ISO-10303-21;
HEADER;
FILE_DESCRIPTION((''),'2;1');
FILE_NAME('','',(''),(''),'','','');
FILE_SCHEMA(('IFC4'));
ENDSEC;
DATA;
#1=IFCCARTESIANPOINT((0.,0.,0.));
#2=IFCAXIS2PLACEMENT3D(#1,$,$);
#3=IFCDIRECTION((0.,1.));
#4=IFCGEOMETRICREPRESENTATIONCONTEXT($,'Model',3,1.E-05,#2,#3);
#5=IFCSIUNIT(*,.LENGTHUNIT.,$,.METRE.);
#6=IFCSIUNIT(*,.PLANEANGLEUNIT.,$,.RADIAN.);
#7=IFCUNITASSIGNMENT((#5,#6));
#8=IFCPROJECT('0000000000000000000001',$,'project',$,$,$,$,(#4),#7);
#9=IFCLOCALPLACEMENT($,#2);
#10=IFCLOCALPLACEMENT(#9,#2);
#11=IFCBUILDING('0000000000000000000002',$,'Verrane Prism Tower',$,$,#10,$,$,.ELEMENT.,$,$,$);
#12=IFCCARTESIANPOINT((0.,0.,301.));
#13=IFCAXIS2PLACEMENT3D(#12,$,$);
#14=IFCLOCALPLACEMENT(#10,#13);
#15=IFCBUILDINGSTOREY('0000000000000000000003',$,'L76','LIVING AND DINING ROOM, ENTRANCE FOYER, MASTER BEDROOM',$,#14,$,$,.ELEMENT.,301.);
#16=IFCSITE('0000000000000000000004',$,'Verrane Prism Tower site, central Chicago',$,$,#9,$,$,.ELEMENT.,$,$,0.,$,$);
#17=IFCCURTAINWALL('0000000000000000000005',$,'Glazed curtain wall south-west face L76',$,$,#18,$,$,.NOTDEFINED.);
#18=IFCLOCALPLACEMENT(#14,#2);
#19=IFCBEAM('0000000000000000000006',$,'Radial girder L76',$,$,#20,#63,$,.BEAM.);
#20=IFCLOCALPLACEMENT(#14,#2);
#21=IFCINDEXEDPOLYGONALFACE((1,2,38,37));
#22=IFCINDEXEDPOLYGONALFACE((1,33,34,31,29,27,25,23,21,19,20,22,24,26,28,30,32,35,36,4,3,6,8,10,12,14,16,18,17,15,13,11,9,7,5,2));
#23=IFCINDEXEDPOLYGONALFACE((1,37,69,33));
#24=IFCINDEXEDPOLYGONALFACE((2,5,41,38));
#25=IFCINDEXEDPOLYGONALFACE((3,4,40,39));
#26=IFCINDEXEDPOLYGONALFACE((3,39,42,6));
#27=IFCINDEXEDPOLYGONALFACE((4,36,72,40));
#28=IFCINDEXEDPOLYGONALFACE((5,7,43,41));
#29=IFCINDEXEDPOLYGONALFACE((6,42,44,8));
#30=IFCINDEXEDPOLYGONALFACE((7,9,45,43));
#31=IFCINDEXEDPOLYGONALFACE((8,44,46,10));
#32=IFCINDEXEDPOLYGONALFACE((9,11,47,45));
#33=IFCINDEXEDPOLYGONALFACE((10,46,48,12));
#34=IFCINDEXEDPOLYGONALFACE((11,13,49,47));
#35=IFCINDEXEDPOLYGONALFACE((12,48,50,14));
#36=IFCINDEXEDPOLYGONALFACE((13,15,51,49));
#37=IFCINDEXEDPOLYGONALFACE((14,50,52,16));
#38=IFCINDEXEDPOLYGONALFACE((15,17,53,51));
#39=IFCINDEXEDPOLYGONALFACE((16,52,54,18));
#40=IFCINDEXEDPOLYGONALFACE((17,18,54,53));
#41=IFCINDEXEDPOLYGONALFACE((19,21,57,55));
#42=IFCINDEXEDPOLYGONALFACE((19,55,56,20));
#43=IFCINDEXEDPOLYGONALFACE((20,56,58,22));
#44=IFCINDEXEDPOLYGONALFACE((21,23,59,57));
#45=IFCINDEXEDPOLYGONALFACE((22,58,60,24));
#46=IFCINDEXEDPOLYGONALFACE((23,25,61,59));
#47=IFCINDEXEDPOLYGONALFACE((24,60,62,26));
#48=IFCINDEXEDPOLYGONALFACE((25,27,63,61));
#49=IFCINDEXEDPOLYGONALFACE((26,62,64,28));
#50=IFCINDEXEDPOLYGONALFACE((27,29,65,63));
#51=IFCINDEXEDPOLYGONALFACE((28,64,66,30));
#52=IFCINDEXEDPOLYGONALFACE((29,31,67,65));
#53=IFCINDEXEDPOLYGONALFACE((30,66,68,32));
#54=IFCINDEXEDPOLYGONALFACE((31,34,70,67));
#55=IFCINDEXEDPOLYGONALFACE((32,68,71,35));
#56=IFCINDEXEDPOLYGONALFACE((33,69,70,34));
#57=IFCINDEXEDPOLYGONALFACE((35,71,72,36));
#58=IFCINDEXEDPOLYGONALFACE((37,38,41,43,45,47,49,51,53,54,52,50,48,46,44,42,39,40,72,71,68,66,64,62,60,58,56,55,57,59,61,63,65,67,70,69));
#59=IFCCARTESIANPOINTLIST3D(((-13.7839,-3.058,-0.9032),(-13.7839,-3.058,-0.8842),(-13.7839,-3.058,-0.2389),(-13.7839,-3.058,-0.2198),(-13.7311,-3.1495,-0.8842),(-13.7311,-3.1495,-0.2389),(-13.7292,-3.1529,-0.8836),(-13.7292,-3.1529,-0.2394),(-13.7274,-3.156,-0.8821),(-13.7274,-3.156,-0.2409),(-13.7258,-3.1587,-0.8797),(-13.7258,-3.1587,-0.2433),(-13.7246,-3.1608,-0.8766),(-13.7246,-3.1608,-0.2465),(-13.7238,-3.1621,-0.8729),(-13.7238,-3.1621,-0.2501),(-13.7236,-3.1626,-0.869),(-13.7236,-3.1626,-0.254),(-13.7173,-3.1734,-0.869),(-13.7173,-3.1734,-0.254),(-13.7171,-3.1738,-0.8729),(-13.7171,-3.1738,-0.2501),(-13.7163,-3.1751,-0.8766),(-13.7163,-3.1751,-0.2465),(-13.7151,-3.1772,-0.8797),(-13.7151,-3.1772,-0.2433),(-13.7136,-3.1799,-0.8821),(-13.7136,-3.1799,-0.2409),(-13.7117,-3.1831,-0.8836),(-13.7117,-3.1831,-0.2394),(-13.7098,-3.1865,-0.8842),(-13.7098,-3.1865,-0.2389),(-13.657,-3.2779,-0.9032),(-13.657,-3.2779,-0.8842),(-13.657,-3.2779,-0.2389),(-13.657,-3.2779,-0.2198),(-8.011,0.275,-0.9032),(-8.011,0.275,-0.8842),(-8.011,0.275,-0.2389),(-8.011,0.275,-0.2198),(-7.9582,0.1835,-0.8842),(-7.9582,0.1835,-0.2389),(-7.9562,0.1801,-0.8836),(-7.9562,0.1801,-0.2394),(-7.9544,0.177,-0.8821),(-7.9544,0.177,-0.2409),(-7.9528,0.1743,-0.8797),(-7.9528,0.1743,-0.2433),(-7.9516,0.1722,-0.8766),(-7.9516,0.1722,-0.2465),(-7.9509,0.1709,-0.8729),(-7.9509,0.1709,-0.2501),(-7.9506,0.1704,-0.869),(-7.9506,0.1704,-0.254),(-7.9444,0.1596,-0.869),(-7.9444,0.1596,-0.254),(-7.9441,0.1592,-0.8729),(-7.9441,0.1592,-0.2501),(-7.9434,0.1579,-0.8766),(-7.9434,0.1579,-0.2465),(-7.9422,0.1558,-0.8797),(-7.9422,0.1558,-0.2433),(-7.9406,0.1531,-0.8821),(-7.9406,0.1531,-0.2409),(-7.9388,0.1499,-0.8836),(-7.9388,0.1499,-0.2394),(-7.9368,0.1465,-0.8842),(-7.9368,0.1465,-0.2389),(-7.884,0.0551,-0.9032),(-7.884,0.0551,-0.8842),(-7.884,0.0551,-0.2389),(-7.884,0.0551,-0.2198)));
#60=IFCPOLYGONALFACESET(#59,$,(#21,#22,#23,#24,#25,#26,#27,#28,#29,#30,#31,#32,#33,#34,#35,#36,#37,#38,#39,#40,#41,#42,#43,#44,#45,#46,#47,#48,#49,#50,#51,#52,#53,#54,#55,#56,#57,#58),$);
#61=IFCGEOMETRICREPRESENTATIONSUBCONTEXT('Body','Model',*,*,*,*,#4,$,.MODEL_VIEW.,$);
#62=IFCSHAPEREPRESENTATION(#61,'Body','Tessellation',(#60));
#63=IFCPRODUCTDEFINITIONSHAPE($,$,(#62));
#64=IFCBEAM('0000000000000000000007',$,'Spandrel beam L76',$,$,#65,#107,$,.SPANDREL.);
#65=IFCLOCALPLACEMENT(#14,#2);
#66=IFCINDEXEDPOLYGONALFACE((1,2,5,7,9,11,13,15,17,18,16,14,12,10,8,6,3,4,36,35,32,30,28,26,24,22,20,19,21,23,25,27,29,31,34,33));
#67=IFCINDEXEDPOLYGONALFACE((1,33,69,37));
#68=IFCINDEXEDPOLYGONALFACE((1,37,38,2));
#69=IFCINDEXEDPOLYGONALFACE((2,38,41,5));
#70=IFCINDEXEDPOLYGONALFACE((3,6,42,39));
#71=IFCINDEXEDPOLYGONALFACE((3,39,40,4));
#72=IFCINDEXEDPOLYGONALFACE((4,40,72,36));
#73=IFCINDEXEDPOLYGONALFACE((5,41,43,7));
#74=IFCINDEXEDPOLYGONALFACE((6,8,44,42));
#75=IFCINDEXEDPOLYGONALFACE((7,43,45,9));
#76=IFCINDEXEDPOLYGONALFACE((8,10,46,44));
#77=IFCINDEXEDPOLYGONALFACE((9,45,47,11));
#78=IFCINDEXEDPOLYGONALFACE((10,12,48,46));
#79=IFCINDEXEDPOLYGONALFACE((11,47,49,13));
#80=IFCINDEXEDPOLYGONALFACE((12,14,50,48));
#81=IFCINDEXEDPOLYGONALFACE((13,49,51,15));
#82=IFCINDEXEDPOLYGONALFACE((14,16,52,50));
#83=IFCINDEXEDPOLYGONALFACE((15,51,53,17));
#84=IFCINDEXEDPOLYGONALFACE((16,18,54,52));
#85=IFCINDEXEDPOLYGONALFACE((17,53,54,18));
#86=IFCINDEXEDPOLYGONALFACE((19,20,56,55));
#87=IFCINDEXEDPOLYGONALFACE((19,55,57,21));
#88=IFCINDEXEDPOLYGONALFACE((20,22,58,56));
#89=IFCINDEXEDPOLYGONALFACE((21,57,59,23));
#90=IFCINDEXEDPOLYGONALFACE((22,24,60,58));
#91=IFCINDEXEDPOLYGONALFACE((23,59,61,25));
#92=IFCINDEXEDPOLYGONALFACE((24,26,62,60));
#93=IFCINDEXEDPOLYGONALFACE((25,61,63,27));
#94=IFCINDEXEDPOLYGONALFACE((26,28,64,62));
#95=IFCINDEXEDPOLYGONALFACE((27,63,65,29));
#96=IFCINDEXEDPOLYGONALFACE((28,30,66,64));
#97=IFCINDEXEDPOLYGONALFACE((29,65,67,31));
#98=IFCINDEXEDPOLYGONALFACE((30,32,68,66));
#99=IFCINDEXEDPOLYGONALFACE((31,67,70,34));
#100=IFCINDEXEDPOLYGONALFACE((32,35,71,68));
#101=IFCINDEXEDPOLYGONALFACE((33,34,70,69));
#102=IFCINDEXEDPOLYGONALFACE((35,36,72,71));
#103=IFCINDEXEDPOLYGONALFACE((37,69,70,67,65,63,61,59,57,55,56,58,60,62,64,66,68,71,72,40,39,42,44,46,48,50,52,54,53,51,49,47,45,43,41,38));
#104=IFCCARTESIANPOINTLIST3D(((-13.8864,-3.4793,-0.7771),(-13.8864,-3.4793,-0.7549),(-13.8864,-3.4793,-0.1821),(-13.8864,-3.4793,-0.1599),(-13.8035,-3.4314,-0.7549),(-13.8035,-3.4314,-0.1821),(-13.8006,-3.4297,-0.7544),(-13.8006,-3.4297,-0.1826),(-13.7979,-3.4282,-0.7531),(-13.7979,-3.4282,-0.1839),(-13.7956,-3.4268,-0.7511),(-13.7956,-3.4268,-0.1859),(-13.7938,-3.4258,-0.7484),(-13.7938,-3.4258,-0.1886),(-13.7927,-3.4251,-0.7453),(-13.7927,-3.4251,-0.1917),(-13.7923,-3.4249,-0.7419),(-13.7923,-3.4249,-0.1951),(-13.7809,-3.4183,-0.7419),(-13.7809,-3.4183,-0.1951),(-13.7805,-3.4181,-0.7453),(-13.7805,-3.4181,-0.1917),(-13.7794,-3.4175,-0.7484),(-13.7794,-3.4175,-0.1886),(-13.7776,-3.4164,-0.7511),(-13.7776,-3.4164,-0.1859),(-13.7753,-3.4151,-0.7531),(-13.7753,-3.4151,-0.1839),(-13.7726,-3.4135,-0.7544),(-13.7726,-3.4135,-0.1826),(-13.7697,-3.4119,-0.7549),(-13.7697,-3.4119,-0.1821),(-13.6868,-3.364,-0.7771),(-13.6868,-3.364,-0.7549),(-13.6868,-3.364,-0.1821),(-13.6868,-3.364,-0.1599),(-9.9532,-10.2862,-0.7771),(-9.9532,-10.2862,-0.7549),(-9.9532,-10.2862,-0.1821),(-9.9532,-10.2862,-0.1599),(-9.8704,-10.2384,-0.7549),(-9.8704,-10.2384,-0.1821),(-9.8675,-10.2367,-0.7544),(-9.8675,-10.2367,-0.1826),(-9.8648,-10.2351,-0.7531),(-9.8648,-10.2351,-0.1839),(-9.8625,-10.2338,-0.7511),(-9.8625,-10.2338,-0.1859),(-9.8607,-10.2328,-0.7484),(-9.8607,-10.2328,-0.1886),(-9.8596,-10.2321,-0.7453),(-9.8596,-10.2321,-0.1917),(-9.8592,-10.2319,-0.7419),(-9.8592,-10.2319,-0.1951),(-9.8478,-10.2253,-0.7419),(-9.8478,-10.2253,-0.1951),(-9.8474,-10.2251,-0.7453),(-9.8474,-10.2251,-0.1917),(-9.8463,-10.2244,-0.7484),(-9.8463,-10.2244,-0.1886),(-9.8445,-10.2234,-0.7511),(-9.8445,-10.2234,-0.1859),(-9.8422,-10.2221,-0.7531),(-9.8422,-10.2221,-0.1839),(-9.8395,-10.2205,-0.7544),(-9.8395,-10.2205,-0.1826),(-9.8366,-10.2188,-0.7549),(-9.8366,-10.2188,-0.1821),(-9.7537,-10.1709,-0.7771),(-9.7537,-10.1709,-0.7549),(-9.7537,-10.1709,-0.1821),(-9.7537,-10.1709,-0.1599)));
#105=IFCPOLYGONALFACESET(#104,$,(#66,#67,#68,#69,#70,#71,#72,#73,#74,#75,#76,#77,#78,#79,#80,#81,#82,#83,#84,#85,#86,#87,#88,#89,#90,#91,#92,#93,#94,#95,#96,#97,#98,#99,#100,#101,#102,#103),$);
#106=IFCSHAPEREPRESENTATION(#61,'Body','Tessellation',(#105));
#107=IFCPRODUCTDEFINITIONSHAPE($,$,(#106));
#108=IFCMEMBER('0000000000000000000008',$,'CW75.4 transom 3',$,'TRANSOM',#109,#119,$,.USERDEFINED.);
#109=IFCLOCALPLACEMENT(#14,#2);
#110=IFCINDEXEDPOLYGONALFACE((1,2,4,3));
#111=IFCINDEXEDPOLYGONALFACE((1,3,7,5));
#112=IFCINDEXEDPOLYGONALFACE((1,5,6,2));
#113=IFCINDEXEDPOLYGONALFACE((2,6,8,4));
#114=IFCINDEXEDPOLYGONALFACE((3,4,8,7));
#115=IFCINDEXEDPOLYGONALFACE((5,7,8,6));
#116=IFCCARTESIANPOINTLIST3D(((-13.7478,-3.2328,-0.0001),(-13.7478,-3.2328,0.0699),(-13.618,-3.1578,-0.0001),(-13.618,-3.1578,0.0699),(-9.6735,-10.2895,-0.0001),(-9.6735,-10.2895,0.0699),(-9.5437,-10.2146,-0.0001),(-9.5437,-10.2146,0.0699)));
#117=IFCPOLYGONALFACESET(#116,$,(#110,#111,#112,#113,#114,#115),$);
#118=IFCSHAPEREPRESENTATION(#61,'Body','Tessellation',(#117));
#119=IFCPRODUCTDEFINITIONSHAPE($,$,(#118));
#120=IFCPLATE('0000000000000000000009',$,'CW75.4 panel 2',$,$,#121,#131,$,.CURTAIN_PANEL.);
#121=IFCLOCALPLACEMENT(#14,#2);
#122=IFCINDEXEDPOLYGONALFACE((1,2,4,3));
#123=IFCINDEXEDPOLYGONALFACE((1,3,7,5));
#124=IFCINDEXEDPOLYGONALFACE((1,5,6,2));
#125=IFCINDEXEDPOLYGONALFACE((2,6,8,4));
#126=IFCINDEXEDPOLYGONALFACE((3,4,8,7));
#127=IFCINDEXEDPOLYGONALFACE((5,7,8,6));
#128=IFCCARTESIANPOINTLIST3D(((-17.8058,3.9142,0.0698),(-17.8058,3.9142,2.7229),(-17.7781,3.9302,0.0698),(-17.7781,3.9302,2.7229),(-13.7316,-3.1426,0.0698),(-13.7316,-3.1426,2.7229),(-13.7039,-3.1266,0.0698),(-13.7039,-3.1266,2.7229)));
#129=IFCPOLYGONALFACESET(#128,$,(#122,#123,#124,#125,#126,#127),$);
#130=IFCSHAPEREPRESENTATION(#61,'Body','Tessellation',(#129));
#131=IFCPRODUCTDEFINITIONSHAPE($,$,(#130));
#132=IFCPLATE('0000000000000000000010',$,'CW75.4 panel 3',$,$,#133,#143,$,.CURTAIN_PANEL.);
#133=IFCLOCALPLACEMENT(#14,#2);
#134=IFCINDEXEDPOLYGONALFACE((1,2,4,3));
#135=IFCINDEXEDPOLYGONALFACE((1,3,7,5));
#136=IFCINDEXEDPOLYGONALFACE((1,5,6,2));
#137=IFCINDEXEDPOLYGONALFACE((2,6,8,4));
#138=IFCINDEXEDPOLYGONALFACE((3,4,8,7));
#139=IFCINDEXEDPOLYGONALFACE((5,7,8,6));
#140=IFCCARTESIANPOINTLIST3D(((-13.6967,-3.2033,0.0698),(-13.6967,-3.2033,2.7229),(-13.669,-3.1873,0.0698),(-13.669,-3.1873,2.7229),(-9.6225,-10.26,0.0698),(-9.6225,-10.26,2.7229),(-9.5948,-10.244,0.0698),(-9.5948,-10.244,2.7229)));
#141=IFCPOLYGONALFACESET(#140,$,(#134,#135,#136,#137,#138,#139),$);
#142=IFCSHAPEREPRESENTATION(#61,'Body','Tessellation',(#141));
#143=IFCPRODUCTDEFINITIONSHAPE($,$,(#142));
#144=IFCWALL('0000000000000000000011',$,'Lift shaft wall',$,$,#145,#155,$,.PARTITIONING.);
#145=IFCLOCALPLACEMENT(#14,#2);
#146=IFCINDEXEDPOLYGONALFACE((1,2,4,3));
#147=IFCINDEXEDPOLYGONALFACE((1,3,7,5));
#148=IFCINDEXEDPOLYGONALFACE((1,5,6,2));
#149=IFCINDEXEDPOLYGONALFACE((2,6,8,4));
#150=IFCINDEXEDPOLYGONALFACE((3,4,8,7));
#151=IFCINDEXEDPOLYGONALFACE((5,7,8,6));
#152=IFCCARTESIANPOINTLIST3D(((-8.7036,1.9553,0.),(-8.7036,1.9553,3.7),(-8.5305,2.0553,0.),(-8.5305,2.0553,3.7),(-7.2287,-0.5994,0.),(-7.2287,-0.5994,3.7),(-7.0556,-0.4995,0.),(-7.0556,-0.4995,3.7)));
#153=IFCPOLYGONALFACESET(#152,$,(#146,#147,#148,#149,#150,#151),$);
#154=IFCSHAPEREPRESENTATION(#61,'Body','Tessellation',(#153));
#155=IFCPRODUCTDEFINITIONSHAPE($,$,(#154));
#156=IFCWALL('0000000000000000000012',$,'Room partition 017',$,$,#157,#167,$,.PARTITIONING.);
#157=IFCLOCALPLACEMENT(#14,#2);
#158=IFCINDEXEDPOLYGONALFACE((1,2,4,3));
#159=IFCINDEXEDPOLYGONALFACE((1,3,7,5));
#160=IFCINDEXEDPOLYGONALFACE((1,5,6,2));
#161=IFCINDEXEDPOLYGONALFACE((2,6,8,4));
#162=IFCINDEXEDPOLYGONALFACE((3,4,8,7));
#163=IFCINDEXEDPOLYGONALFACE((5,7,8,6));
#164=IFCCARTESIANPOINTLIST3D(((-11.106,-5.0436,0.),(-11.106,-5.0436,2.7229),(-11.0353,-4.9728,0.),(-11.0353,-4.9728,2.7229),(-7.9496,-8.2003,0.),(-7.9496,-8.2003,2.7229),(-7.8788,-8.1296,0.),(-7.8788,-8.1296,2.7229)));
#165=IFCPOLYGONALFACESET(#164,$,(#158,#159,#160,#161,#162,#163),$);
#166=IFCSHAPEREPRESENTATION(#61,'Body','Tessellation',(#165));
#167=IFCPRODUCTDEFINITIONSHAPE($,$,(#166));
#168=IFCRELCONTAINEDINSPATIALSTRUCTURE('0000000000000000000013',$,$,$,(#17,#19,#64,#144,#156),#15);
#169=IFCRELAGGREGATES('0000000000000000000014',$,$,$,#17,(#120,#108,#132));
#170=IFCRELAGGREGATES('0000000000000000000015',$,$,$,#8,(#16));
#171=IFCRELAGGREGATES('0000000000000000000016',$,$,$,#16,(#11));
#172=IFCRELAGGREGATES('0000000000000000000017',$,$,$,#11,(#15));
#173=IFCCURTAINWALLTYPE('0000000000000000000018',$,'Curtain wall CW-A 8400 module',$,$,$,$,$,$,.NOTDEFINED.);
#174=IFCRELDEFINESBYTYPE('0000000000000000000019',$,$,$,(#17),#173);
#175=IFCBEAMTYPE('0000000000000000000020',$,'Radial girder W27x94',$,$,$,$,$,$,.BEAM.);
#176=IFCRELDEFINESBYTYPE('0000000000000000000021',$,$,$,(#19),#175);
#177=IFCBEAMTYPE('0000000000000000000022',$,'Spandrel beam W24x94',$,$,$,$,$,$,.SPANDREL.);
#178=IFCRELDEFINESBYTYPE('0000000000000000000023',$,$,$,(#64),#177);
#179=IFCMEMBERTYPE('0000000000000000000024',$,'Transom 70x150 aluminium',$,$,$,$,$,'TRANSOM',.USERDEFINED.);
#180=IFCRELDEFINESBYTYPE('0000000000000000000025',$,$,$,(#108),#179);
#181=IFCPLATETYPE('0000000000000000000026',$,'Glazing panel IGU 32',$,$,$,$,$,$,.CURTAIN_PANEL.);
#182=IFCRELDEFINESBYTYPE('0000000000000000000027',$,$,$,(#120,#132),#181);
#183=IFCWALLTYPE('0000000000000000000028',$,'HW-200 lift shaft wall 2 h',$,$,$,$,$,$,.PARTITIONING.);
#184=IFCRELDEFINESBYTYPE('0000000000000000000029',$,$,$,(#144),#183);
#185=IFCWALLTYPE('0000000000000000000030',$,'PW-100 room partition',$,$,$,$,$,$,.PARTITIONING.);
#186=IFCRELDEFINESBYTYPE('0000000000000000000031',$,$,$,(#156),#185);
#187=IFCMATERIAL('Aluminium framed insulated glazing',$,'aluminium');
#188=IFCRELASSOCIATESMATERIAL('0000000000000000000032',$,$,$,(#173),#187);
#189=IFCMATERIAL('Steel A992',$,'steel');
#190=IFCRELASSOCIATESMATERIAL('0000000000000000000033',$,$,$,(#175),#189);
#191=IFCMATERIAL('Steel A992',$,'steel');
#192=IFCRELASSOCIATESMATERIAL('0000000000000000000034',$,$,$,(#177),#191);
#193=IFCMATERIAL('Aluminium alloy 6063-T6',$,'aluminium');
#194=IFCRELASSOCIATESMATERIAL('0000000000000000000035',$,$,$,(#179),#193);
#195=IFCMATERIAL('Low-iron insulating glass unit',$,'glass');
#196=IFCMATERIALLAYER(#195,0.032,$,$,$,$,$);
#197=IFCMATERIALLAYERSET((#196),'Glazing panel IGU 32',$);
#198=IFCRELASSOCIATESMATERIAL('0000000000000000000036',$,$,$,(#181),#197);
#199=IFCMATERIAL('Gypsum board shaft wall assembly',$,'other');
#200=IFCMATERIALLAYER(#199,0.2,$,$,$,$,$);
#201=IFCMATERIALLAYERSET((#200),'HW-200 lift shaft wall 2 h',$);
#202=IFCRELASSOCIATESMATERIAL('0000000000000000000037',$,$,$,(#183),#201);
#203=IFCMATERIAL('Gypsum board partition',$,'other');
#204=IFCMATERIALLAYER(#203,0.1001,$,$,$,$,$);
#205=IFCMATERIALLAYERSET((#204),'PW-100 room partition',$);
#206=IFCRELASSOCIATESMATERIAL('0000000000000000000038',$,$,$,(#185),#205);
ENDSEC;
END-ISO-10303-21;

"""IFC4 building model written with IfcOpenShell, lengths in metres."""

from ifc_helpers import new_model, si_unit, direction, frame, frame_2d, origin, origin_2d, place, context, subcontext, project, spatial, rectangle, i_section, extrude, material, layer, layer_set, material_profile, profile_set, type_object, element, aggregate, save


model = new_model("IFC4")

# Units and contexts
model_context = context("Model", 3, precision=1e-05, world=origin(), true_north=direction((0.0, 1.0)))
body_context = subcontext(model_context, "Body", "Model", "MODEL_VIEW")
ifc_project = project(units=[si_unit("LENGTHUNIT", "METRE"), si_unit("PLANEANGLEUNIT", "RADIAN")], contexts=[model_context])

# Site, building, storey
site_placement = place(None, origin())
site = spatial("IfcSite", under=ifc_project, at=site_placement, Name="Verrane Prism Tower site, central Chicago", CompositionType="ELEMENT", RefElevation=0.0)
building_placement = place(site_placement, origin())
building = spatial("IfcBuilding", under=site, at=building_placement, Name="Verrane Prism Tower", CompositionType="ELEMENT")
storey_placement = place(building_placement, frame((0.0, 0.0, 301.0)))
storey = spatial("IfcBuildingStorey", under=building, at=storey_placement, Name="L76", Description="LIVING AND DINING ROOM, ENTRANCE FOYER, MASTER BEDROOM", CompositionType="ELEMENT", Elevation=301.0)

# Curtain wall
ifc_material_1 = material(Name="Aluminium framed insulated glazing", Category="aluminium")
curtain_wall_type = type_object("IfcCurtainWallType", Name="Curtain wall CW-A 8400 module", PredefinedType="NOTDEFINED", material=ifc_material_1)
curtain_wall_placement = place(storey_placement, origin())
curtain_wall = element("IfcCurtainWall", 1, at=curtain_wall_placement, inside=storey, type_object=curtain_wall_type, Name="Glazed curtain wall south-west face L76", PredefinedType="NOTDEFINED")

# Beams
ifc_material_2 = material(Name="Steel A992", Category="steel")
ifc_material_profile_1 = material_profile(ifc_material_2, i_section(OverallWidth=0.2539, OverallDepth=0.6833, WebThickness=0.0125, FlangeThickness=0.019, FilletRadius=0.0151, at=origin_2d()), Name="W27x94")
ifc_profile_set_1 = profile_set([ifc_material_profile_1], Name="Steel A992")
beam_type_1 = type_object("IfcBeamType", Name="Radial girder W27x94", PredefinedType="BEAM", material=ifc_profile_set_1)
beam_1_placement = place(storey_placement, frame((-13.7205, -3.168, -0.5615), z_axis=(0.866026, 0.499999, 0.0), x_axis=(-0.499999, 0.866026, 0.0)))
element("IfcBeam", 2, at=beam_1_placement, inside=storey, type_object=beam_type_1, Name="Radial girder L76", PredefinedType="BEAM", context=body_context, shape_type="SweptSolid", body=[
    extrude(i_section(OverallWidth=0.2539, OverallDepth=0.6833, WebThickness=0.0125, FlangeThickness=0.019, FilletRadius=0.0151, at=origin_2d()), origin(), (0.0, 0.0, 1.0), 6.666),
])
ifc_material_3 = material(Name="Steel A992", Category="steel")
ifc_material_profile_2 = material_profile(ifc_material_3, i_section(OverallWidth=0.2305, OverallDepth=0.6172, WebThickness=0.0132, FlangeThickness=0.0222, FilletRadius=0.0129, at=origin_2d()), Name="W24x94")
ifc_profile_set_2 = profile_set([ifc_material_profile_2], Name="Steel A992")
beam_type_2 = type_object("IfcBeamType", Name="Spandrel beam W24x94", PredefinedType="SPANDREL", material=ifc_profile_set_2)
beam_2_placement = place(storey_placement, frame((-13.7866, -3.4216, -0.4685), z_axis=(0.5003, -0.865852, 0.0), x_axis=(0.865852, 0.5003, 0.0)))
element("IfcBeam", 3, at=beam_2_placement, inside=storey, type_object=beam_type_2, Name="Spandrel beam L76", PredefinedType="SPANDREL", context=body_context, shape_type="SweptSolid", body=[
    extrude(i_section(OverallWidth=0.2305, OverallDepth=0.6172, WebThickness=0.0132, FlangeThickness=0.0222, FilletRadius=0.0129, at=origin_2d()), origin(), (0.0, 0.0, 1.0), 7.8616),
])

# Member
ifc_material_4 = material(Name="Aluminium alloy 6063-T6", Category="aluminium")
ifc_material_profile_3 = material_profile(ifc_material_4, rectangle(XDim=0.1499, YDim=0.0701, at=origin_2d()), Name="Transom 70x150 aluminium")
ifc_profile_set_3 = profile_set([ifc_material_profile_3], Name="Aluminium alloy 6063-T6")
member_type_1 = type_object("IfcMemberType", Name="Transom 70x150 aluminium", ElementType="TRANSOM", PredefinedType="USERDEFINED", material=ifc_profile_set_3)
member_1_placement = place(storey_placement, frame((-13.6829, -3.1953, 0.0349), z_axis=(0.500006, -0.866022, 0.0), x_axis=(0.866022, 0.500006, 0.0)))
member_1 = element("IfcMember", 4, at=member_1_placement, type_object=member_type_1, Name="CW75.4 transom 3", ObjectType="TRANSOM", PredefinedType="USERDEFINED", context=body_context, shape_type="SweptSolid", body=[
    extrude(rectangle(XDim=0.1499, YDim=0.0701, at=origin_2d()), origin(), (0.0, 0.0, 1.0), 8.1484),
])

# Plates
ifc_material_5 = material(Name="Low-iron insulating glass unit", Category="glass")
ifc_layer_1 = layer(ifc_material_5, 0.032)
ifc_layer_set_1 = layer_set([ifc_layer_1], Name="Glazing panel IGU 32")
plate_type = type_object("IfcPlateType", Name="Glazing panel IGU 32", PredefinedType="CURTAIN_PANEL", material=ifc_layer_set_1)
plate_1_placement = place(storey_placement, frame((-15.7549, 0.3938, 0.0698), z_axis=(0.0, 0.0, 1.0), x_axis=(0.500001, -0.866025, 0.0)))
plate_1 = element("IfcPlate", 5, at=plate_1_placement, type_object=plate_type, Name="CW75.4 panel 2", PredefinedType="CURTAIN_PANEL", context=body_context, shape_type="SweptSolid", body=[
    extrude(rectangle(XDim=8.1484, YDim=0.032, at=origin_2d()), origin(), (0.0, 0.0, 1.0), 2.6531),
])
plate_2_placement = place(storey_placement, frame((-11.6458, -6.7236, 0.0698), z_axis=(0.0, 0.0, 1.0), x_axis=(0.500001, -0.866025, 0.0)))
plate_2 = element("IfcPlate", 6, at=plate_2_placement, type_object=plate_type, Name="CW75.4 panel 3", PredefinedType="CURTAIN_PANEL", context=body_context, shape_type="SweptSolid", body=[
    extrude(rectangle(XDim=8.1484, YDim=0.032, at=origin_2d()), origin(), (0.0, 0.0, 1.0), 2.6531),
])
aggregate(curtain_wall, [plate_1, member_1, plate_2])

# Walls
ifc_material_6 = material(Name="Gypsum board shaft wall assembly", Category="other")
ifc_layer_2 = layer(ifc_material_6, 0.2)
ifc_layer_set_2 = layer_set([ifc_layer_2], Name="HW-200 lift shaft wall 2 h")
wall_type_1 = type_object("IfcWallType", Name="HW-200 lift shaft wall 2 h", PredefinedType="PARTITIONING", material=ifc_layer_set_2)
wall_1_placement = place(storey_placement, frame((-7.1421, -0.5496, 0.0), z_axis=(0.0, 0.0, 1.0), x_axis=(-0.499976, 0.866039, 0.0)))
element("IfcWall", 7, at=wall_1_placement, inside=storey, type_object=wall_type_1, Name="Lift shaft wall", PredefinedType="PARTITIONING", context=body_context, shape_type="SweptSolid", body=[
    extrude(rectangle(XDim=2.95, YDim=0.2, at=frame_2d((1.4751, 0.0))), origin(), (0.0, 0.0, 1.0), 3.7),
])
ifc_material_7 = material(Name="Gypsum board partition", Category="other")
ifc_layer_3 = layer(ifc_material_7, 0.1001)
ifc_layer_set_3 = layer_set([ifc_layer_3], Name="PW-100 room partition")
wall_type_2 = type_object("IfcWallType", Name="PW-100 room partition", PredefinedType="PARTITIONING", material=ifc_layer_set_3)
wall_2_placement = place(storey_placement, frame((-11.0706, -5.0083, 0.0), z_axis=(0.0, 0.0, 1.0), x_axis=(0.707079, -0.707134, 0.0)))
element("IfcWall", 8, at=wall_2_placement, inside=storey, type_object=wall_type_2, Name="Room partition 017", PredefinedType="PARTITIONING", context=body_context, shape_type="SweptSolid", body=[
    extrude(rectangle(XDim=4.4641, YDim=0.1001, at=frame_2d((2.2319, 0.0))), origin(), (0.0, 0.0, 1.0), 2.7229),
])

save(model, "model.ifc")
